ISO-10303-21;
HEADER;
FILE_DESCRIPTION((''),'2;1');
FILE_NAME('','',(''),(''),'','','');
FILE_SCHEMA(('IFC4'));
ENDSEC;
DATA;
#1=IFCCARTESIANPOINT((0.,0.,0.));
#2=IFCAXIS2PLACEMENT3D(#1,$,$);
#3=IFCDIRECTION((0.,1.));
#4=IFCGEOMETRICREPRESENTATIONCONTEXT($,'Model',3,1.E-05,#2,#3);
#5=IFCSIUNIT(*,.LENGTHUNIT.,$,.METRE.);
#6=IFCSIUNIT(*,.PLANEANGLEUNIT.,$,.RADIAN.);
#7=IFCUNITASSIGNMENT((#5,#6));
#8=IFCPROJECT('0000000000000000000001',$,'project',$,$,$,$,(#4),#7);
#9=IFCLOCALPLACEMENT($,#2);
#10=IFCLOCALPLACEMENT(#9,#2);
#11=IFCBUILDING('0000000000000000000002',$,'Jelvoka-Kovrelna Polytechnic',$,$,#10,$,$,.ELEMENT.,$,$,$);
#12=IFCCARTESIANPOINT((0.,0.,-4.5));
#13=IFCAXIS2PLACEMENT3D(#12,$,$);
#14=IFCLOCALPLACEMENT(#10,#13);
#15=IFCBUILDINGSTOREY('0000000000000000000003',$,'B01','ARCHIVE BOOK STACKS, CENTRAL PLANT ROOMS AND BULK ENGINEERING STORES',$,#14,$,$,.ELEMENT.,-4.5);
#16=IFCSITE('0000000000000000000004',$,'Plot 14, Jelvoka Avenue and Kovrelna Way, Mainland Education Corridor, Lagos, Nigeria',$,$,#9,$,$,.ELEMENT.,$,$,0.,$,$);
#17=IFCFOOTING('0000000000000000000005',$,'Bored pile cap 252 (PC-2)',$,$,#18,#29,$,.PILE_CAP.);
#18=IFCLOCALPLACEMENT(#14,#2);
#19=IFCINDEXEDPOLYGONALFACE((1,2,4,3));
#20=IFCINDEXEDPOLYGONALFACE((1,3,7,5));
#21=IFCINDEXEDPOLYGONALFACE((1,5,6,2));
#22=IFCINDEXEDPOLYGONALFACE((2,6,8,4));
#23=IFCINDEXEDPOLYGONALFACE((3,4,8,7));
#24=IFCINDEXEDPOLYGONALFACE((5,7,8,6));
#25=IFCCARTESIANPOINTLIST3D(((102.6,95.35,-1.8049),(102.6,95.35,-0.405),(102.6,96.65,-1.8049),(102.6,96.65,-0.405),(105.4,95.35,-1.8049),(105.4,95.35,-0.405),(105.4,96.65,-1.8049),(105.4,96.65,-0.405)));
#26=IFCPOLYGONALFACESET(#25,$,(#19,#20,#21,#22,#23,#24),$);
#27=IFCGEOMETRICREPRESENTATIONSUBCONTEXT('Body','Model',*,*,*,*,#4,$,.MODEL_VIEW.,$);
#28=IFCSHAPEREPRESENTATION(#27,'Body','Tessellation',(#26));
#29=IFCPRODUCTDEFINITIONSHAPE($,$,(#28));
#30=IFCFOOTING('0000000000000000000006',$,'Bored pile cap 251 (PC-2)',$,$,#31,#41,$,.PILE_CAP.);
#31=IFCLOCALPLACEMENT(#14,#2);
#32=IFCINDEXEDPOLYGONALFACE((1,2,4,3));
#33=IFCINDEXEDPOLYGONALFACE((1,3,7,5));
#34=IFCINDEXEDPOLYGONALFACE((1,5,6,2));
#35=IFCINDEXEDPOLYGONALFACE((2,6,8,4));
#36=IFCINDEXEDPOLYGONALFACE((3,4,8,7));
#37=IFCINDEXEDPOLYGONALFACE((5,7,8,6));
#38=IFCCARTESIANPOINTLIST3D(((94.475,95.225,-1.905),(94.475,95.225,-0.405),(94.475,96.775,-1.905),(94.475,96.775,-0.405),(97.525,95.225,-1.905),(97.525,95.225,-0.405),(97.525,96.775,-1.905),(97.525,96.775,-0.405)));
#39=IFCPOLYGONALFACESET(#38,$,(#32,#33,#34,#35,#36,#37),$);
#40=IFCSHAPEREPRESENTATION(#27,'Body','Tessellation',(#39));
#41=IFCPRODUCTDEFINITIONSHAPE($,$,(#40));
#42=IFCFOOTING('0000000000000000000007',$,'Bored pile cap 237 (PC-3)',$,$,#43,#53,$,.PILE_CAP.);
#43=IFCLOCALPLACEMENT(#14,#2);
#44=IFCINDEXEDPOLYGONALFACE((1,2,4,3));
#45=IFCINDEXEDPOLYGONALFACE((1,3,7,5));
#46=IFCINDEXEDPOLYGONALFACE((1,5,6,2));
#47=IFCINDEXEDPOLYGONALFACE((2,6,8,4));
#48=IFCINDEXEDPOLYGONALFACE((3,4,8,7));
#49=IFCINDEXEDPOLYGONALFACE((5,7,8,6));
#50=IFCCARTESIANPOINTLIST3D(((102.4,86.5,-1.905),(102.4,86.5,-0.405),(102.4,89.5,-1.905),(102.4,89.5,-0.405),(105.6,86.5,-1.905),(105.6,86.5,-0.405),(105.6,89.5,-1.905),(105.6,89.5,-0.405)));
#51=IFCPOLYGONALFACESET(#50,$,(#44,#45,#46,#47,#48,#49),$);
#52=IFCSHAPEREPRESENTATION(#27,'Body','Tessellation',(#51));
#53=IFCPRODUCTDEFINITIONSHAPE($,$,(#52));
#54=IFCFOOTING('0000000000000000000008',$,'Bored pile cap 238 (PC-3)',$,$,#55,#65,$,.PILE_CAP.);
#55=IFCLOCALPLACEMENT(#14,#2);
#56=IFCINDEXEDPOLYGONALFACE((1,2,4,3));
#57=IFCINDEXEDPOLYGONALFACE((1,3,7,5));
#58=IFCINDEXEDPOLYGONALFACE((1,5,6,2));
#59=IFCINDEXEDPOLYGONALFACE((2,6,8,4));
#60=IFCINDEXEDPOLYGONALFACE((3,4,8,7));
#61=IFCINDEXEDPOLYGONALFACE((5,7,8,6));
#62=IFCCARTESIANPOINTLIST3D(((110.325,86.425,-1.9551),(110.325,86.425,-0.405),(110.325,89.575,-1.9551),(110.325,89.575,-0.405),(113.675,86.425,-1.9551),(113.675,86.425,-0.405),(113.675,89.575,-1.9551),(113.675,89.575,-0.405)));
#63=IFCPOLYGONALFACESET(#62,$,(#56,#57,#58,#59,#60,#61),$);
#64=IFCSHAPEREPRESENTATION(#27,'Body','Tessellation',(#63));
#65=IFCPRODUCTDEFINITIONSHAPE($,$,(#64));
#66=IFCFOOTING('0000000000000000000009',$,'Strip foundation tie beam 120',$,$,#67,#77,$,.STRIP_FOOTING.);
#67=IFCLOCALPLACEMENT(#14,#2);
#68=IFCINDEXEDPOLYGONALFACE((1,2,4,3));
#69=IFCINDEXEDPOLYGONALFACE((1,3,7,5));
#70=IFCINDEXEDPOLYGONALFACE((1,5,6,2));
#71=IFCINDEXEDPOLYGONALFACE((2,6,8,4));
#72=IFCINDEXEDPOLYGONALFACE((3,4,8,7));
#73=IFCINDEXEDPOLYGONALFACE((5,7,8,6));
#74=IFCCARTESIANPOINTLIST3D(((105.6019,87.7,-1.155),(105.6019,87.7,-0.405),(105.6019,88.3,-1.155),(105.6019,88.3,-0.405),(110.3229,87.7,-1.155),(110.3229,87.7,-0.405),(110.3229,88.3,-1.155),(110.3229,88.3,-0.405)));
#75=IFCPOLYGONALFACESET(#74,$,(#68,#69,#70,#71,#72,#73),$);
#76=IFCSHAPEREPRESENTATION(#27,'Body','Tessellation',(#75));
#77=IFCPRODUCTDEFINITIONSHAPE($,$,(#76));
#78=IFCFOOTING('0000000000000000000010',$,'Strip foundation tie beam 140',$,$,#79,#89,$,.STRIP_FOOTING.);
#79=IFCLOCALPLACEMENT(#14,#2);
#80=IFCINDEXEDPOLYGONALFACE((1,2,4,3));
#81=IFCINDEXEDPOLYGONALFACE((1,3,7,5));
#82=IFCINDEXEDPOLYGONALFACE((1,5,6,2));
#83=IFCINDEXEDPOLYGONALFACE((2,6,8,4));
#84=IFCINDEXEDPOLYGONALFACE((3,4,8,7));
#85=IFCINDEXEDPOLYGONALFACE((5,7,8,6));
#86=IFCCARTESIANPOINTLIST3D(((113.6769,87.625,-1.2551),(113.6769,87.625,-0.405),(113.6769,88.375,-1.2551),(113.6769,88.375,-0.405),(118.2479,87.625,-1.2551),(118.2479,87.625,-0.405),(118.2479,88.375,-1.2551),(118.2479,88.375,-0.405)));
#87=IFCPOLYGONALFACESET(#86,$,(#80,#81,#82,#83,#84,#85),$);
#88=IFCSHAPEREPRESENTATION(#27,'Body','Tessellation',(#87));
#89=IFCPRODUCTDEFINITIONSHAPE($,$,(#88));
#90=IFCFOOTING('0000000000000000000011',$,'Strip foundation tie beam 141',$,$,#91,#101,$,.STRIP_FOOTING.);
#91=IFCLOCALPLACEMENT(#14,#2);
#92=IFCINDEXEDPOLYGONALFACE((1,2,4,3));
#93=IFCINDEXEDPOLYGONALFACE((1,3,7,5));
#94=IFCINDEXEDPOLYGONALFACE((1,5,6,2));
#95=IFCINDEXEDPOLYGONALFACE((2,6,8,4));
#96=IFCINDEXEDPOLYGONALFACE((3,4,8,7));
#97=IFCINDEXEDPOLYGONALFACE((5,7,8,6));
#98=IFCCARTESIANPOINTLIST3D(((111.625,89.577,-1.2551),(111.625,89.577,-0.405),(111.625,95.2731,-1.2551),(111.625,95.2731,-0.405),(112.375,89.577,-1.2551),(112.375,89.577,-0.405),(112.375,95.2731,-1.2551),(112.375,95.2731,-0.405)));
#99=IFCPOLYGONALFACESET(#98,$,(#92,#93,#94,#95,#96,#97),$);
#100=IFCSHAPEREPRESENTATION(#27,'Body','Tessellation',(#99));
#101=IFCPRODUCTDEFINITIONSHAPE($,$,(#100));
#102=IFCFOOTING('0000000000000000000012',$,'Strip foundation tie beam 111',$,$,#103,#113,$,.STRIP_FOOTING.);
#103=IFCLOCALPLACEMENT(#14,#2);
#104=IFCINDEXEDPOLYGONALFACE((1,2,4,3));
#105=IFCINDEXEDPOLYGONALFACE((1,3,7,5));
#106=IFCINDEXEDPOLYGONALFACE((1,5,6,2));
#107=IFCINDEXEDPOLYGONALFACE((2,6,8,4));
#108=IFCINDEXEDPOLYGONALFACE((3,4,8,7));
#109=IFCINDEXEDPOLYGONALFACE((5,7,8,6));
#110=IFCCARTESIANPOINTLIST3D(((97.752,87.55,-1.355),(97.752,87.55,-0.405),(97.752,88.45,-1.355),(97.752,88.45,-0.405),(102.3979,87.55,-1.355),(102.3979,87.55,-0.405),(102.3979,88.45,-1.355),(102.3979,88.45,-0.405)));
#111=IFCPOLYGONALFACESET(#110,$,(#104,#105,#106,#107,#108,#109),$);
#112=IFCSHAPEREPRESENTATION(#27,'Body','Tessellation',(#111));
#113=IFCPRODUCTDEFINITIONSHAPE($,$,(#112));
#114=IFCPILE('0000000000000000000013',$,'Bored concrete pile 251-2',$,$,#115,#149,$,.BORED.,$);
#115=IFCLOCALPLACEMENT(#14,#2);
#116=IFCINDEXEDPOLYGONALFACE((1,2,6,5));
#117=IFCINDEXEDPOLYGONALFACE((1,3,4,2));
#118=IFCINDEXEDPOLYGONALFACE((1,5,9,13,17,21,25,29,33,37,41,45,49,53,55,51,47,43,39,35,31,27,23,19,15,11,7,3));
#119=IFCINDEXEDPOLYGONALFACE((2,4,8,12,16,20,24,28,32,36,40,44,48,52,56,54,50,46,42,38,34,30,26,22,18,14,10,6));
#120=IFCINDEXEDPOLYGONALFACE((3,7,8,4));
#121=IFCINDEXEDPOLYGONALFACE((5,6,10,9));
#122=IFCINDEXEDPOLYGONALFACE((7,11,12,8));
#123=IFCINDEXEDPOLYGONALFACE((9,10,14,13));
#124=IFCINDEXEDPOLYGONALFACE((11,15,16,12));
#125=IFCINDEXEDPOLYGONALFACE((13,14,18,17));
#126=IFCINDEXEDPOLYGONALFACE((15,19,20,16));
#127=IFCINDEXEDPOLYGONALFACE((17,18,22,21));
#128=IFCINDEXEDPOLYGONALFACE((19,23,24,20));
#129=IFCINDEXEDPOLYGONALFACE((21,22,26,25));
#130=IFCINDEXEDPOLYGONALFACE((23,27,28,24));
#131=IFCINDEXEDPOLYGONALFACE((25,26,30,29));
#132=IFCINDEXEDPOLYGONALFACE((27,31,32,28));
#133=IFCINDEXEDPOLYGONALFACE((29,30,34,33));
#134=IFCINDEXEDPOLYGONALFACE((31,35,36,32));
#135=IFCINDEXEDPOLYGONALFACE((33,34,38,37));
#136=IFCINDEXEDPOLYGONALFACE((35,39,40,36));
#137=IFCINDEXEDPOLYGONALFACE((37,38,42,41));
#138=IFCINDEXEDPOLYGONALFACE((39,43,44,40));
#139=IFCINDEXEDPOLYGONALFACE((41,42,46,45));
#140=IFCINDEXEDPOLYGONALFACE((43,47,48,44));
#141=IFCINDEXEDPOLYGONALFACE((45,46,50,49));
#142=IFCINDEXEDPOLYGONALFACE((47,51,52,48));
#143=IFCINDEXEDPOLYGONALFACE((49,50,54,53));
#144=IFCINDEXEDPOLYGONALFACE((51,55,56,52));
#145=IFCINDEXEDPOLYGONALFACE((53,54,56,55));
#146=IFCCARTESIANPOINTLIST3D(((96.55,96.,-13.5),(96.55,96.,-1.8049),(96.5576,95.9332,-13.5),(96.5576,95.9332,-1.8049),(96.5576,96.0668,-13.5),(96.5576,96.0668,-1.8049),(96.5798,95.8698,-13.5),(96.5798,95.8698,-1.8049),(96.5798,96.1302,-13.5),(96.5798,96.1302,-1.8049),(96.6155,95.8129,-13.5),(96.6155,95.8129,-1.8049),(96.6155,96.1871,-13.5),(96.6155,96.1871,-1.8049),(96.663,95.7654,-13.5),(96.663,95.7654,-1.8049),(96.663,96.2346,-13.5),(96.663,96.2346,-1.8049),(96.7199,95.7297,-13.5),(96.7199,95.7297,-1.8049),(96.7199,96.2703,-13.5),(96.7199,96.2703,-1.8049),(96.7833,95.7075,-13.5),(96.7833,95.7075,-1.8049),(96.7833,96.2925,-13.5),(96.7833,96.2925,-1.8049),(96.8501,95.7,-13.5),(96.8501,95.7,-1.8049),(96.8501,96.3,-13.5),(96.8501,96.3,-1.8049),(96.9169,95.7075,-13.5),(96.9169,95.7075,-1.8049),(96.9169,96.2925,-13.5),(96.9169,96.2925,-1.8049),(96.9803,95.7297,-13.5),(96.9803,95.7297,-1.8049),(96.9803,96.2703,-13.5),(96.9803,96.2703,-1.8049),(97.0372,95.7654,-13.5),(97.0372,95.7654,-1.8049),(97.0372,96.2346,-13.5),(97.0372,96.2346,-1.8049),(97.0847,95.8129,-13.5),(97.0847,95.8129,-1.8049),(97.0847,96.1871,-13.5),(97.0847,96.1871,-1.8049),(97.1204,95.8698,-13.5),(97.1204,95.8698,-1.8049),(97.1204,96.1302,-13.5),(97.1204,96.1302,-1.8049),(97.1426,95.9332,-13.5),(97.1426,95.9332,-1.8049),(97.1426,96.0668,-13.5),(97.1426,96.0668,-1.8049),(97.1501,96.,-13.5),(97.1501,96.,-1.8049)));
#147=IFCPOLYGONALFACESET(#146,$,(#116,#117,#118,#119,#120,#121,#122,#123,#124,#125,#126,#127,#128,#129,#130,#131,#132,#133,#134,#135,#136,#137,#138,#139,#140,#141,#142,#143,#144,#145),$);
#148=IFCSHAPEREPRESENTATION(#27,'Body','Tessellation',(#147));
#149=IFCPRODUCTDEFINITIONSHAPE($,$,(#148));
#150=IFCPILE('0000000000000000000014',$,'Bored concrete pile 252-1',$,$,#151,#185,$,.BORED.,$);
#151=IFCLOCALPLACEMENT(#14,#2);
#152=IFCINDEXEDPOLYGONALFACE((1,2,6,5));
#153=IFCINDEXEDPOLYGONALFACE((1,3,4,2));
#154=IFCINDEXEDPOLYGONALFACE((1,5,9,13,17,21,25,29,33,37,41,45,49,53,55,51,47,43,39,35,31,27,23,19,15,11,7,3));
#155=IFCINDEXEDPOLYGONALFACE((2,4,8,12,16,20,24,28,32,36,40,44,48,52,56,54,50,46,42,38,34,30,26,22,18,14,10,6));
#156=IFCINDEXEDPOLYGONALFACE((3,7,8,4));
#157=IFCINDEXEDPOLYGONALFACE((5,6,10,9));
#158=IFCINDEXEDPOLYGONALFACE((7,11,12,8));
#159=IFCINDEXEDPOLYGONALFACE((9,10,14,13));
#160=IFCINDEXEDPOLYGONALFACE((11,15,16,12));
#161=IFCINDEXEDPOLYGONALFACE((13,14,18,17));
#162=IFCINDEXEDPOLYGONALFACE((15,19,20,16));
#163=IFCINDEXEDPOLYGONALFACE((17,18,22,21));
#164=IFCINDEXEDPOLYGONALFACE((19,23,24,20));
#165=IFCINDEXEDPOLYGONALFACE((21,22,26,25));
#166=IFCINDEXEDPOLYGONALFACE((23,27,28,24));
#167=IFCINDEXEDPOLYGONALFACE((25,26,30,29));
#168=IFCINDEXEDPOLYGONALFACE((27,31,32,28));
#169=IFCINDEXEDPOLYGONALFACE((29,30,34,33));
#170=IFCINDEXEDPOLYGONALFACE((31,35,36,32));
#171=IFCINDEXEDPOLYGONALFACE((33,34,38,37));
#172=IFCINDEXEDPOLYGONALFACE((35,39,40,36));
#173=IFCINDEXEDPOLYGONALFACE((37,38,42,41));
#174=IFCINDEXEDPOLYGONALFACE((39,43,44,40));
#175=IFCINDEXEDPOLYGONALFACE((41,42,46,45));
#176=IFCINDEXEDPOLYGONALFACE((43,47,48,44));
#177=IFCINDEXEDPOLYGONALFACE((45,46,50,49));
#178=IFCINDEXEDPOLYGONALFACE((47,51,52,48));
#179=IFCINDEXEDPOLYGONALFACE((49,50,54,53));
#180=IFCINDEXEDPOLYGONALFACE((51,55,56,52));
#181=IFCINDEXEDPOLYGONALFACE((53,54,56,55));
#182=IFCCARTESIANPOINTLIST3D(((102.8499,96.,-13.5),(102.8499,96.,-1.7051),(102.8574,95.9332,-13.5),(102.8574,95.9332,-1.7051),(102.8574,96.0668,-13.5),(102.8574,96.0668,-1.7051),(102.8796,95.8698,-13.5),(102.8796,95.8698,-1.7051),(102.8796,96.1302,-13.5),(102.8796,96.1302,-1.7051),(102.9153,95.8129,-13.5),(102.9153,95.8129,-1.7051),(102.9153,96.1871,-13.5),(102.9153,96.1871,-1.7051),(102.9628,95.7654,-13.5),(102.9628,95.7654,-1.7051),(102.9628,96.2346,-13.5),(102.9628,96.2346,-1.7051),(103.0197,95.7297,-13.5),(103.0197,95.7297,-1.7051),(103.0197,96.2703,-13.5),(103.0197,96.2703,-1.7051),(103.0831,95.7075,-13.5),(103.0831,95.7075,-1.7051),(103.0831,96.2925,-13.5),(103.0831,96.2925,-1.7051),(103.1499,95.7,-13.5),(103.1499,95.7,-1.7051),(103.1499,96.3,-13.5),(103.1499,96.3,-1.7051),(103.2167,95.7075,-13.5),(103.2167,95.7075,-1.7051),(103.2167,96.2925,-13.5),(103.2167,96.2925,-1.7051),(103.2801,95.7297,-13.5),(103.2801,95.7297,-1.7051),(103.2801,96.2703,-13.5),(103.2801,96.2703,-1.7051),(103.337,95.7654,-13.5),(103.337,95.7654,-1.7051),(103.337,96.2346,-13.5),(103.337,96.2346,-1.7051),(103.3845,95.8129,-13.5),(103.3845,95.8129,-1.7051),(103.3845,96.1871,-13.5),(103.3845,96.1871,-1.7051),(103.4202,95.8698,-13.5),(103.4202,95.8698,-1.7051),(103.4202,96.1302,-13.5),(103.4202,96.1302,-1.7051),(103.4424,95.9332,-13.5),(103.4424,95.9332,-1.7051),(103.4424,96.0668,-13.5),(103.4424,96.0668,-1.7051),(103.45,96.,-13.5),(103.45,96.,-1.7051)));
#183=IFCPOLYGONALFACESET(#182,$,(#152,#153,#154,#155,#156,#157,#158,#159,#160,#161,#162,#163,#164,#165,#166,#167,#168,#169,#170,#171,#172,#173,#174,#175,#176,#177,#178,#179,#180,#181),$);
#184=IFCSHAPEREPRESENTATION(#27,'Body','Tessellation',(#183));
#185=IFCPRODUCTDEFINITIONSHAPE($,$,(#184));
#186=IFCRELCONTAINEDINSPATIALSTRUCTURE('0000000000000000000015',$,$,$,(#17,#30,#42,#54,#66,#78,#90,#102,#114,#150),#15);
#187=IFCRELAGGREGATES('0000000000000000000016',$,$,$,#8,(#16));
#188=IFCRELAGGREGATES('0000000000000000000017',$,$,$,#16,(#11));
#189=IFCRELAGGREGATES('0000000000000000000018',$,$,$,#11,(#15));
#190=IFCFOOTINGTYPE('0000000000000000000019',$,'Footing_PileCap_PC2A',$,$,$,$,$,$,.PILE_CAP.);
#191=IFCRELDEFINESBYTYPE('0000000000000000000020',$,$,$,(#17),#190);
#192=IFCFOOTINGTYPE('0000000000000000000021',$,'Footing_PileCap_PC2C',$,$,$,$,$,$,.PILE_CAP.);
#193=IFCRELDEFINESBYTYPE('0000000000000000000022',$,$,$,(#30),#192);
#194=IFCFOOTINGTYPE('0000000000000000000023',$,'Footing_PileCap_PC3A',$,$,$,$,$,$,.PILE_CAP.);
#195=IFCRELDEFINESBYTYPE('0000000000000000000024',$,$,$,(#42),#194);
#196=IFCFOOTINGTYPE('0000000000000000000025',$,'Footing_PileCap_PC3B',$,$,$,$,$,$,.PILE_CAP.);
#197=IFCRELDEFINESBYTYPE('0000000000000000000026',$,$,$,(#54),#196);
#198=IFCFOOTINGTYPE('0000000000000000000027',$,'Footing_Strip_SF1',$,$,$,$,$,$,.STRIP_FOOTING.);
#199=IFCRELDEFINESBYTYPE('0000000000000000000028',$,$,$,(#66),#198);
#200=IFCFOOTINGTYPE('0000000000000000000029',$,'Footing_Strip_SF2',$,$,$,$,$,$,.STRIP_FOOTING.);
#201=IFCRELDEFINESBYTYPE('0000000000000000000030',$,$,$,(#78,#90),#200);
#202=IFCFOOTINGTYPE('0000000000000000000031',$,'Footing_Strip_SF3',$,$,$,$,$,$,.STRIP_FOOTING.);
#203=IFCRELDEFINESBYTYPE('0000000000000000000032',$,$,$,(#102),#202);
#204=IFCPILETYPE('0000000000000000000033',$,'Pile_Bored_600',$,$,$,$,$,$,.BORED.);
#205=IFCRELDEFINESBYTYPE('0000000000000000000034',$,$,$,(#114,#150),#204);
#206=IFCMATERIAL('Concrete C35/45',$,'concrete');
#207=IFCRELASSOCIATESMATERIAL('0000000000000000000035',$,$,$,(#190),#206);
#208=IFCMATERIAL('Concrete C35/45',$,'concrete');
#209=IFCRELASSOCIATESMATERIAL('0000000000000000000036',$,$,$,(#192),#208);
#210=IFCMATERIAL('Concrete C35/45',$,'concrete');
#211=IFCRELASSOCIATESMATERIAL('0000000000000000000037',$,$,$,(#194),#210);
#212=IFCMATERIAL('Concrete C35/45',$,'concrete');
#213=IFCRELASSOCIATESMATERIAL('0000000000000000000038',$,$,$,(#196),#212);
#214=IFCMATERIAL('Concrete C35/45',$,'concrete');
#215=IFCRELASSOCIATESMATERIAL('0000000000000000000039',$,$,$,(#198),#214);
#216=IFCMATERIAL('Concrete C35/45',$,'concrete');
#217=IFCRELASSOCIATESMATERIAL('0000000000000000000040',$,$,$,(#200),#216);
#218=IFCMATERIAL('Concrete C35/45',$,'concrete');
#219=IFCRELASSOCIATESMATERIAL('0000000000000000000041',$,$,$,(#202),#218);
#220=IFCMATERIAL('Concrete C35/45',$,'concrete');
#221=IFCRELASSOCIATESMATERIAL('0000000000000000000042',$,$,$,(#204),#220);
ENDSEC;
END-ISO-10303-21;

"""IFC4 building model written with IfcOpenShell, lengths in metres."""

from ifc_helpers import new_model, si_unit, direction, frame, origin, origin_2d, place, context, subcontext, project, spatial, rectangle, circle, extrude, material, material_profile, profile_set, type_object, element, save


model = new_model("IFC4")

# Units and contexts
model_context = context("Model", 3, precision=1e-05, world=origin(), true_north=direction((0.0, 1.0)))
body_context = subcontext(model_context, "Body", "Model", "MODEL_VIEW")
ifc_project = project(units=[si_unit("LENGTHUNIT", "METRE"), si_unit("PLANEANGLEUNIT", "RADIAN")], contexts=[model_context])

# Site, building, storey
site_placement = place(None, origin())
site = spatial("IfcSite", under=ifc_project, at=site_placement, Name="Plot 14, Jelvoka Avenue and Kovrelna Way, Mainland Education Corridor, Lagos, Nigeria", CompositionType="ELEMENT", RefElevation=0.0)
building_placement = place(site_placement, origin())
building = spatial("IfcBuilding", under=site, at=building_placement, Name="Jelvoka-Kovrelna Polytechnic", CompositionType="ELEMENT")
storey_placement = place(building_placement, frame((0.0, 0.0, -4.5)))
storey = spatial("IfcBuildingStorey", under=building, at=storey_placement, Name="B01", Description="ARCHIVE BOOK STACKS, CENTRAL PLANT ROOMS AND BULK ENGINEERING STORES", CompositionType="ELEMENT", Elevation=-4.5)

# Footings
ifc_material_1 = material(Name="Concrete C35/45", Category="concrete")
footing_type_1 = type_object("IfcFootingType", Name="Footing_PileCap_PC2A", PredefinedType="PILE_CAP", material=ifc_material_1)
footing_1_placement = place(storey_placement, frame((104.0, 96.0, -1.8049), z_axis=(0.0, 0.0, 1.0), x_axis=(1.0, 0.0, 0.0)))
element("IfcFooting", 1, at=footing_1_placement, inside=storey, type_object=footing_type_1, Name="Bored pile cap 252 (PC-2)", PredefinedType="PILE_CAP", context=body_context, shape_type="SweptSolid", body=[
    extrude(rectangle(XDim=2.8, YDim=1.3, at=origin_2d()), origin(), (0.0, 0.0, 1.0), 1.3999),
])
ifc_material_2 = material(Name="Concrete C35/45", Category="concrete")
footing_type_2 = type_object("IfcFootingType", Name="Footing_PileCap_PC2C", PredefinedType="PILE_CAP", material=ifc_material_2)
footing_2_placement = place(storey_placement, frame((96.0, 96.0, -1.905), z_axis=(0.0, 0.0, 1.0), x_axis=(1.0, 0.0, 0.0)))
element("IfcFooting", 2, at=footing_2_placement, inside=storey, type_object=footing_type_2, Name="Bored pile cap 251 (PC-2)", PredefinedType="PILE_CAP", context=body_context, shape_type="SweptSolid", body=[
    extrude(rectangle(XDim=3.05, YDim=1.55, at=origin_2d()), origin(), (0.0, 0.0, 1.0), 1.5),
])
ifc_material_3 = material(Name="Concrete C35/45", Category="concrete")
footing_type_3 = type_object("IfcFootingType", Name="Footing_PileCap_PC3A", PredefinedType="PILE_CAP", material=ifc_material_3)
footing_3_placement = place(storey_placement, frame((104.0, 88.0, -1.905), z_axis=(0.0, 0.0, 1.0), x_axis=(1.0, 0.0, 0.0)))
element("IfcFooting", 3, at=footing_3_placement, inside=storey, type_object=footing_type_3, Name="Bored pile cap 237 (PC-3)", PredefinedType="PILE_CAP", context=body_context, shape_type="SweptSolid", body=[
    extrude(rectangle(XDim=3.2, YDim=3.0, at=origin_2d()), origin(), (0.0, 0.0, 1.0), 1.5),
])
ifc_material_4 = material(Name="Concrete C35/45", Category="concrete")
footing_type_4 = type_object("IfcFootingType", Name="Footing_PileCap_PC3B", PredefinedType="PILE_CAP", material=ifc_material_4)
footing_4_placement = place(storey_placement, frame((112.0, 88.0, -1.9551), z_axis=(0.0, 0.0, 1.0), x_axis=(1.0, 0.0, 0.0)))
element("IfcFooting", 4, at=footing_4_placement, inside=storey, type_object=footing_type_4, Name="Bored pile cap 238 (PC-3)", PredefinedType="PILE_CAP", context=body_context, shape_type="SweptSolid", body=[
    extrude(rectangle(XDim=3.3501, YDim=3.1499, at=origin_2d()), origin(), (0.0, 0.0, 1.0), 1.55),
])
ifc_material_5 = material(Name="Concrete C35/45", Category="concrete")
footing_type_5 = type_object("IfcFootingType", Name="Footing_Strip_SF1", PredefinedType="STRIP_FOOTING", material=ifc_material_5)
footing_5_placement = place(storey_placement, frame((107.9624, 88.0, -1.155), z_axis=(0.0, 0.0, 1.0), x_axis=(1.0, 0.0, 0.0)))
element("IfcFooting", 5, at=footing_5_placement, inside=storey, type_object=footing_type_5, Name="Strip foundation tie beam 120", PredefinedType="STRIP_FOOTING", context=body_context, shape_type="SweptSolid", body=[
    extrude(rectangle(XDim=4.7209, YDim=0.6001, at=origin_2d()), origin(), (0.0, 0.0, 1.0), 0.75),
])
ifc_material_6 = material(Name="Concrete C35/45", Category="concrete")
footing_type_6 = type_object("IfcFootingType", Name="Footing_Strip_SF2", PredefinedType="STRIP_FOOTING", material=ifc_material_6)
footing_6_placement = place(storey_placement, frame((115.9624, 88.0, -1.2551), z_axis=(0.0, 0.0, 1.0), x_axis=(1.0, 0.0, 0.0)))
element("IfcFooting", 6, at=footing_6_placement, inside=storey, type_object=footing_type_6, Name="Strip foundation tie beam 140", PredefinedType="STRIP_FOOTING", context=body_context, shape_type="SweptSolid", body=[
    extrude(rectangle(XDim=4.571, YDim=0.75, at=origin_2d()), origin(), (0.0, 0.0, 1.0), 0.8501),
])
footing_7_placement = place(storey_placement, frame((112.0, 92.425, -1.2551), z_axis=(0.0, 0.0, 1.0), x_axis=(0.0, 1.0, 0.0)))
element("IfcFooting", 7, at=footing_7_placement, inside=storey, type_object=footing_type_6, Name="Strip foundation tie beam 141", PredefinedType="STRIP_FOOTING", context=body_context, shape_type="SweptSolid", body=[
    extrude(rectangle(XDim=5.696, YDim=0.75, at=origin_2d()), origin(), (0.0, 0.0, 1.0), 0.8501),
])
ifc_material_7 = material(Name="Concrete C35/45", Category="concrete")
footing_type_7 = type_object("IfcFootingType", Name="Footing_Strip_SF3", PredefinedType="STRIP_FOOTING", material=ifc_material_7)
footing_8_placement = place(storey_placement, frame((100.075, 88.0, -1.355), z_axis=(0.0, 0.0, 1.0), x_axis=(1.0, 0.0, 0.0)))
element("IfcFooting", 8, at=footing_8_placement, inside=storey, type_object=footing_type_7, Name="Strip foundation tie beam 111", PredefinedType="STRIP_FOOTING", context=body_context, shape_type="SweptSolid", body=[
    extrude(rectangle(XDim=4.646, YDim=0.8999, at=origin_2d()), origin(), (0.0, 0.0, 1.0), 0.95),
])

# Piles
ifc_material_8 = material(Name="Concrete C35/45", Category="concrete")
ifc_material_profile_1 = material_profile(ifc_material_8, circle(Radius=0.3, at=origin_2d()), Name="PILE D600")
ifc_profile_set_1 = profile_set([ifc_material_profile_1], Name="Concrete C35/45")
pile_type_1 = type_object("IfcPileType", Name="Pile_Bored_600", PredefinedType="BORED", material=ifc_profile_set_1)
pile_1_placement = place(storey_placement, frame((96.8501, 96.0, -1.8049), z_axis=(0.0, 0.0, -1.0), x_axis=(1.0, 0.0, 0.0)))
element("IfcPile", 9, at=pile_1_placement, inside=storey, type_object=pile_type_1, Name="Bored concrete pile 251-2", PredefinedType="BORED", context=body_context, shape_type="SweptSolid", body=[
    extrude(circle(Radius=0.3, at=origin_2d()), origin(), (0.0, 0.0, 1.0), 11.6951),
])
pile_2_placement = place(storey_placement, frame((103.1499, 96.0, -1.7051), z_axis=(0.0, 0.0, -1.0), x_axis=(1.0, 0.0, 0.0)))
element("IfcPile", 10, at=pile_2_placement, inside=storey, type_object=pile_type_1, Name="Bored concrete pile 252-1", PredefinedType="BORED", context=body_context, shape_type="SweptSolid", body=[
    extrude(circle(Radius=0.3, at=origin_2d()), origin(), (0.0, 0.0, 1.0), 11.7949),
])

save(model, "model.ifc")
